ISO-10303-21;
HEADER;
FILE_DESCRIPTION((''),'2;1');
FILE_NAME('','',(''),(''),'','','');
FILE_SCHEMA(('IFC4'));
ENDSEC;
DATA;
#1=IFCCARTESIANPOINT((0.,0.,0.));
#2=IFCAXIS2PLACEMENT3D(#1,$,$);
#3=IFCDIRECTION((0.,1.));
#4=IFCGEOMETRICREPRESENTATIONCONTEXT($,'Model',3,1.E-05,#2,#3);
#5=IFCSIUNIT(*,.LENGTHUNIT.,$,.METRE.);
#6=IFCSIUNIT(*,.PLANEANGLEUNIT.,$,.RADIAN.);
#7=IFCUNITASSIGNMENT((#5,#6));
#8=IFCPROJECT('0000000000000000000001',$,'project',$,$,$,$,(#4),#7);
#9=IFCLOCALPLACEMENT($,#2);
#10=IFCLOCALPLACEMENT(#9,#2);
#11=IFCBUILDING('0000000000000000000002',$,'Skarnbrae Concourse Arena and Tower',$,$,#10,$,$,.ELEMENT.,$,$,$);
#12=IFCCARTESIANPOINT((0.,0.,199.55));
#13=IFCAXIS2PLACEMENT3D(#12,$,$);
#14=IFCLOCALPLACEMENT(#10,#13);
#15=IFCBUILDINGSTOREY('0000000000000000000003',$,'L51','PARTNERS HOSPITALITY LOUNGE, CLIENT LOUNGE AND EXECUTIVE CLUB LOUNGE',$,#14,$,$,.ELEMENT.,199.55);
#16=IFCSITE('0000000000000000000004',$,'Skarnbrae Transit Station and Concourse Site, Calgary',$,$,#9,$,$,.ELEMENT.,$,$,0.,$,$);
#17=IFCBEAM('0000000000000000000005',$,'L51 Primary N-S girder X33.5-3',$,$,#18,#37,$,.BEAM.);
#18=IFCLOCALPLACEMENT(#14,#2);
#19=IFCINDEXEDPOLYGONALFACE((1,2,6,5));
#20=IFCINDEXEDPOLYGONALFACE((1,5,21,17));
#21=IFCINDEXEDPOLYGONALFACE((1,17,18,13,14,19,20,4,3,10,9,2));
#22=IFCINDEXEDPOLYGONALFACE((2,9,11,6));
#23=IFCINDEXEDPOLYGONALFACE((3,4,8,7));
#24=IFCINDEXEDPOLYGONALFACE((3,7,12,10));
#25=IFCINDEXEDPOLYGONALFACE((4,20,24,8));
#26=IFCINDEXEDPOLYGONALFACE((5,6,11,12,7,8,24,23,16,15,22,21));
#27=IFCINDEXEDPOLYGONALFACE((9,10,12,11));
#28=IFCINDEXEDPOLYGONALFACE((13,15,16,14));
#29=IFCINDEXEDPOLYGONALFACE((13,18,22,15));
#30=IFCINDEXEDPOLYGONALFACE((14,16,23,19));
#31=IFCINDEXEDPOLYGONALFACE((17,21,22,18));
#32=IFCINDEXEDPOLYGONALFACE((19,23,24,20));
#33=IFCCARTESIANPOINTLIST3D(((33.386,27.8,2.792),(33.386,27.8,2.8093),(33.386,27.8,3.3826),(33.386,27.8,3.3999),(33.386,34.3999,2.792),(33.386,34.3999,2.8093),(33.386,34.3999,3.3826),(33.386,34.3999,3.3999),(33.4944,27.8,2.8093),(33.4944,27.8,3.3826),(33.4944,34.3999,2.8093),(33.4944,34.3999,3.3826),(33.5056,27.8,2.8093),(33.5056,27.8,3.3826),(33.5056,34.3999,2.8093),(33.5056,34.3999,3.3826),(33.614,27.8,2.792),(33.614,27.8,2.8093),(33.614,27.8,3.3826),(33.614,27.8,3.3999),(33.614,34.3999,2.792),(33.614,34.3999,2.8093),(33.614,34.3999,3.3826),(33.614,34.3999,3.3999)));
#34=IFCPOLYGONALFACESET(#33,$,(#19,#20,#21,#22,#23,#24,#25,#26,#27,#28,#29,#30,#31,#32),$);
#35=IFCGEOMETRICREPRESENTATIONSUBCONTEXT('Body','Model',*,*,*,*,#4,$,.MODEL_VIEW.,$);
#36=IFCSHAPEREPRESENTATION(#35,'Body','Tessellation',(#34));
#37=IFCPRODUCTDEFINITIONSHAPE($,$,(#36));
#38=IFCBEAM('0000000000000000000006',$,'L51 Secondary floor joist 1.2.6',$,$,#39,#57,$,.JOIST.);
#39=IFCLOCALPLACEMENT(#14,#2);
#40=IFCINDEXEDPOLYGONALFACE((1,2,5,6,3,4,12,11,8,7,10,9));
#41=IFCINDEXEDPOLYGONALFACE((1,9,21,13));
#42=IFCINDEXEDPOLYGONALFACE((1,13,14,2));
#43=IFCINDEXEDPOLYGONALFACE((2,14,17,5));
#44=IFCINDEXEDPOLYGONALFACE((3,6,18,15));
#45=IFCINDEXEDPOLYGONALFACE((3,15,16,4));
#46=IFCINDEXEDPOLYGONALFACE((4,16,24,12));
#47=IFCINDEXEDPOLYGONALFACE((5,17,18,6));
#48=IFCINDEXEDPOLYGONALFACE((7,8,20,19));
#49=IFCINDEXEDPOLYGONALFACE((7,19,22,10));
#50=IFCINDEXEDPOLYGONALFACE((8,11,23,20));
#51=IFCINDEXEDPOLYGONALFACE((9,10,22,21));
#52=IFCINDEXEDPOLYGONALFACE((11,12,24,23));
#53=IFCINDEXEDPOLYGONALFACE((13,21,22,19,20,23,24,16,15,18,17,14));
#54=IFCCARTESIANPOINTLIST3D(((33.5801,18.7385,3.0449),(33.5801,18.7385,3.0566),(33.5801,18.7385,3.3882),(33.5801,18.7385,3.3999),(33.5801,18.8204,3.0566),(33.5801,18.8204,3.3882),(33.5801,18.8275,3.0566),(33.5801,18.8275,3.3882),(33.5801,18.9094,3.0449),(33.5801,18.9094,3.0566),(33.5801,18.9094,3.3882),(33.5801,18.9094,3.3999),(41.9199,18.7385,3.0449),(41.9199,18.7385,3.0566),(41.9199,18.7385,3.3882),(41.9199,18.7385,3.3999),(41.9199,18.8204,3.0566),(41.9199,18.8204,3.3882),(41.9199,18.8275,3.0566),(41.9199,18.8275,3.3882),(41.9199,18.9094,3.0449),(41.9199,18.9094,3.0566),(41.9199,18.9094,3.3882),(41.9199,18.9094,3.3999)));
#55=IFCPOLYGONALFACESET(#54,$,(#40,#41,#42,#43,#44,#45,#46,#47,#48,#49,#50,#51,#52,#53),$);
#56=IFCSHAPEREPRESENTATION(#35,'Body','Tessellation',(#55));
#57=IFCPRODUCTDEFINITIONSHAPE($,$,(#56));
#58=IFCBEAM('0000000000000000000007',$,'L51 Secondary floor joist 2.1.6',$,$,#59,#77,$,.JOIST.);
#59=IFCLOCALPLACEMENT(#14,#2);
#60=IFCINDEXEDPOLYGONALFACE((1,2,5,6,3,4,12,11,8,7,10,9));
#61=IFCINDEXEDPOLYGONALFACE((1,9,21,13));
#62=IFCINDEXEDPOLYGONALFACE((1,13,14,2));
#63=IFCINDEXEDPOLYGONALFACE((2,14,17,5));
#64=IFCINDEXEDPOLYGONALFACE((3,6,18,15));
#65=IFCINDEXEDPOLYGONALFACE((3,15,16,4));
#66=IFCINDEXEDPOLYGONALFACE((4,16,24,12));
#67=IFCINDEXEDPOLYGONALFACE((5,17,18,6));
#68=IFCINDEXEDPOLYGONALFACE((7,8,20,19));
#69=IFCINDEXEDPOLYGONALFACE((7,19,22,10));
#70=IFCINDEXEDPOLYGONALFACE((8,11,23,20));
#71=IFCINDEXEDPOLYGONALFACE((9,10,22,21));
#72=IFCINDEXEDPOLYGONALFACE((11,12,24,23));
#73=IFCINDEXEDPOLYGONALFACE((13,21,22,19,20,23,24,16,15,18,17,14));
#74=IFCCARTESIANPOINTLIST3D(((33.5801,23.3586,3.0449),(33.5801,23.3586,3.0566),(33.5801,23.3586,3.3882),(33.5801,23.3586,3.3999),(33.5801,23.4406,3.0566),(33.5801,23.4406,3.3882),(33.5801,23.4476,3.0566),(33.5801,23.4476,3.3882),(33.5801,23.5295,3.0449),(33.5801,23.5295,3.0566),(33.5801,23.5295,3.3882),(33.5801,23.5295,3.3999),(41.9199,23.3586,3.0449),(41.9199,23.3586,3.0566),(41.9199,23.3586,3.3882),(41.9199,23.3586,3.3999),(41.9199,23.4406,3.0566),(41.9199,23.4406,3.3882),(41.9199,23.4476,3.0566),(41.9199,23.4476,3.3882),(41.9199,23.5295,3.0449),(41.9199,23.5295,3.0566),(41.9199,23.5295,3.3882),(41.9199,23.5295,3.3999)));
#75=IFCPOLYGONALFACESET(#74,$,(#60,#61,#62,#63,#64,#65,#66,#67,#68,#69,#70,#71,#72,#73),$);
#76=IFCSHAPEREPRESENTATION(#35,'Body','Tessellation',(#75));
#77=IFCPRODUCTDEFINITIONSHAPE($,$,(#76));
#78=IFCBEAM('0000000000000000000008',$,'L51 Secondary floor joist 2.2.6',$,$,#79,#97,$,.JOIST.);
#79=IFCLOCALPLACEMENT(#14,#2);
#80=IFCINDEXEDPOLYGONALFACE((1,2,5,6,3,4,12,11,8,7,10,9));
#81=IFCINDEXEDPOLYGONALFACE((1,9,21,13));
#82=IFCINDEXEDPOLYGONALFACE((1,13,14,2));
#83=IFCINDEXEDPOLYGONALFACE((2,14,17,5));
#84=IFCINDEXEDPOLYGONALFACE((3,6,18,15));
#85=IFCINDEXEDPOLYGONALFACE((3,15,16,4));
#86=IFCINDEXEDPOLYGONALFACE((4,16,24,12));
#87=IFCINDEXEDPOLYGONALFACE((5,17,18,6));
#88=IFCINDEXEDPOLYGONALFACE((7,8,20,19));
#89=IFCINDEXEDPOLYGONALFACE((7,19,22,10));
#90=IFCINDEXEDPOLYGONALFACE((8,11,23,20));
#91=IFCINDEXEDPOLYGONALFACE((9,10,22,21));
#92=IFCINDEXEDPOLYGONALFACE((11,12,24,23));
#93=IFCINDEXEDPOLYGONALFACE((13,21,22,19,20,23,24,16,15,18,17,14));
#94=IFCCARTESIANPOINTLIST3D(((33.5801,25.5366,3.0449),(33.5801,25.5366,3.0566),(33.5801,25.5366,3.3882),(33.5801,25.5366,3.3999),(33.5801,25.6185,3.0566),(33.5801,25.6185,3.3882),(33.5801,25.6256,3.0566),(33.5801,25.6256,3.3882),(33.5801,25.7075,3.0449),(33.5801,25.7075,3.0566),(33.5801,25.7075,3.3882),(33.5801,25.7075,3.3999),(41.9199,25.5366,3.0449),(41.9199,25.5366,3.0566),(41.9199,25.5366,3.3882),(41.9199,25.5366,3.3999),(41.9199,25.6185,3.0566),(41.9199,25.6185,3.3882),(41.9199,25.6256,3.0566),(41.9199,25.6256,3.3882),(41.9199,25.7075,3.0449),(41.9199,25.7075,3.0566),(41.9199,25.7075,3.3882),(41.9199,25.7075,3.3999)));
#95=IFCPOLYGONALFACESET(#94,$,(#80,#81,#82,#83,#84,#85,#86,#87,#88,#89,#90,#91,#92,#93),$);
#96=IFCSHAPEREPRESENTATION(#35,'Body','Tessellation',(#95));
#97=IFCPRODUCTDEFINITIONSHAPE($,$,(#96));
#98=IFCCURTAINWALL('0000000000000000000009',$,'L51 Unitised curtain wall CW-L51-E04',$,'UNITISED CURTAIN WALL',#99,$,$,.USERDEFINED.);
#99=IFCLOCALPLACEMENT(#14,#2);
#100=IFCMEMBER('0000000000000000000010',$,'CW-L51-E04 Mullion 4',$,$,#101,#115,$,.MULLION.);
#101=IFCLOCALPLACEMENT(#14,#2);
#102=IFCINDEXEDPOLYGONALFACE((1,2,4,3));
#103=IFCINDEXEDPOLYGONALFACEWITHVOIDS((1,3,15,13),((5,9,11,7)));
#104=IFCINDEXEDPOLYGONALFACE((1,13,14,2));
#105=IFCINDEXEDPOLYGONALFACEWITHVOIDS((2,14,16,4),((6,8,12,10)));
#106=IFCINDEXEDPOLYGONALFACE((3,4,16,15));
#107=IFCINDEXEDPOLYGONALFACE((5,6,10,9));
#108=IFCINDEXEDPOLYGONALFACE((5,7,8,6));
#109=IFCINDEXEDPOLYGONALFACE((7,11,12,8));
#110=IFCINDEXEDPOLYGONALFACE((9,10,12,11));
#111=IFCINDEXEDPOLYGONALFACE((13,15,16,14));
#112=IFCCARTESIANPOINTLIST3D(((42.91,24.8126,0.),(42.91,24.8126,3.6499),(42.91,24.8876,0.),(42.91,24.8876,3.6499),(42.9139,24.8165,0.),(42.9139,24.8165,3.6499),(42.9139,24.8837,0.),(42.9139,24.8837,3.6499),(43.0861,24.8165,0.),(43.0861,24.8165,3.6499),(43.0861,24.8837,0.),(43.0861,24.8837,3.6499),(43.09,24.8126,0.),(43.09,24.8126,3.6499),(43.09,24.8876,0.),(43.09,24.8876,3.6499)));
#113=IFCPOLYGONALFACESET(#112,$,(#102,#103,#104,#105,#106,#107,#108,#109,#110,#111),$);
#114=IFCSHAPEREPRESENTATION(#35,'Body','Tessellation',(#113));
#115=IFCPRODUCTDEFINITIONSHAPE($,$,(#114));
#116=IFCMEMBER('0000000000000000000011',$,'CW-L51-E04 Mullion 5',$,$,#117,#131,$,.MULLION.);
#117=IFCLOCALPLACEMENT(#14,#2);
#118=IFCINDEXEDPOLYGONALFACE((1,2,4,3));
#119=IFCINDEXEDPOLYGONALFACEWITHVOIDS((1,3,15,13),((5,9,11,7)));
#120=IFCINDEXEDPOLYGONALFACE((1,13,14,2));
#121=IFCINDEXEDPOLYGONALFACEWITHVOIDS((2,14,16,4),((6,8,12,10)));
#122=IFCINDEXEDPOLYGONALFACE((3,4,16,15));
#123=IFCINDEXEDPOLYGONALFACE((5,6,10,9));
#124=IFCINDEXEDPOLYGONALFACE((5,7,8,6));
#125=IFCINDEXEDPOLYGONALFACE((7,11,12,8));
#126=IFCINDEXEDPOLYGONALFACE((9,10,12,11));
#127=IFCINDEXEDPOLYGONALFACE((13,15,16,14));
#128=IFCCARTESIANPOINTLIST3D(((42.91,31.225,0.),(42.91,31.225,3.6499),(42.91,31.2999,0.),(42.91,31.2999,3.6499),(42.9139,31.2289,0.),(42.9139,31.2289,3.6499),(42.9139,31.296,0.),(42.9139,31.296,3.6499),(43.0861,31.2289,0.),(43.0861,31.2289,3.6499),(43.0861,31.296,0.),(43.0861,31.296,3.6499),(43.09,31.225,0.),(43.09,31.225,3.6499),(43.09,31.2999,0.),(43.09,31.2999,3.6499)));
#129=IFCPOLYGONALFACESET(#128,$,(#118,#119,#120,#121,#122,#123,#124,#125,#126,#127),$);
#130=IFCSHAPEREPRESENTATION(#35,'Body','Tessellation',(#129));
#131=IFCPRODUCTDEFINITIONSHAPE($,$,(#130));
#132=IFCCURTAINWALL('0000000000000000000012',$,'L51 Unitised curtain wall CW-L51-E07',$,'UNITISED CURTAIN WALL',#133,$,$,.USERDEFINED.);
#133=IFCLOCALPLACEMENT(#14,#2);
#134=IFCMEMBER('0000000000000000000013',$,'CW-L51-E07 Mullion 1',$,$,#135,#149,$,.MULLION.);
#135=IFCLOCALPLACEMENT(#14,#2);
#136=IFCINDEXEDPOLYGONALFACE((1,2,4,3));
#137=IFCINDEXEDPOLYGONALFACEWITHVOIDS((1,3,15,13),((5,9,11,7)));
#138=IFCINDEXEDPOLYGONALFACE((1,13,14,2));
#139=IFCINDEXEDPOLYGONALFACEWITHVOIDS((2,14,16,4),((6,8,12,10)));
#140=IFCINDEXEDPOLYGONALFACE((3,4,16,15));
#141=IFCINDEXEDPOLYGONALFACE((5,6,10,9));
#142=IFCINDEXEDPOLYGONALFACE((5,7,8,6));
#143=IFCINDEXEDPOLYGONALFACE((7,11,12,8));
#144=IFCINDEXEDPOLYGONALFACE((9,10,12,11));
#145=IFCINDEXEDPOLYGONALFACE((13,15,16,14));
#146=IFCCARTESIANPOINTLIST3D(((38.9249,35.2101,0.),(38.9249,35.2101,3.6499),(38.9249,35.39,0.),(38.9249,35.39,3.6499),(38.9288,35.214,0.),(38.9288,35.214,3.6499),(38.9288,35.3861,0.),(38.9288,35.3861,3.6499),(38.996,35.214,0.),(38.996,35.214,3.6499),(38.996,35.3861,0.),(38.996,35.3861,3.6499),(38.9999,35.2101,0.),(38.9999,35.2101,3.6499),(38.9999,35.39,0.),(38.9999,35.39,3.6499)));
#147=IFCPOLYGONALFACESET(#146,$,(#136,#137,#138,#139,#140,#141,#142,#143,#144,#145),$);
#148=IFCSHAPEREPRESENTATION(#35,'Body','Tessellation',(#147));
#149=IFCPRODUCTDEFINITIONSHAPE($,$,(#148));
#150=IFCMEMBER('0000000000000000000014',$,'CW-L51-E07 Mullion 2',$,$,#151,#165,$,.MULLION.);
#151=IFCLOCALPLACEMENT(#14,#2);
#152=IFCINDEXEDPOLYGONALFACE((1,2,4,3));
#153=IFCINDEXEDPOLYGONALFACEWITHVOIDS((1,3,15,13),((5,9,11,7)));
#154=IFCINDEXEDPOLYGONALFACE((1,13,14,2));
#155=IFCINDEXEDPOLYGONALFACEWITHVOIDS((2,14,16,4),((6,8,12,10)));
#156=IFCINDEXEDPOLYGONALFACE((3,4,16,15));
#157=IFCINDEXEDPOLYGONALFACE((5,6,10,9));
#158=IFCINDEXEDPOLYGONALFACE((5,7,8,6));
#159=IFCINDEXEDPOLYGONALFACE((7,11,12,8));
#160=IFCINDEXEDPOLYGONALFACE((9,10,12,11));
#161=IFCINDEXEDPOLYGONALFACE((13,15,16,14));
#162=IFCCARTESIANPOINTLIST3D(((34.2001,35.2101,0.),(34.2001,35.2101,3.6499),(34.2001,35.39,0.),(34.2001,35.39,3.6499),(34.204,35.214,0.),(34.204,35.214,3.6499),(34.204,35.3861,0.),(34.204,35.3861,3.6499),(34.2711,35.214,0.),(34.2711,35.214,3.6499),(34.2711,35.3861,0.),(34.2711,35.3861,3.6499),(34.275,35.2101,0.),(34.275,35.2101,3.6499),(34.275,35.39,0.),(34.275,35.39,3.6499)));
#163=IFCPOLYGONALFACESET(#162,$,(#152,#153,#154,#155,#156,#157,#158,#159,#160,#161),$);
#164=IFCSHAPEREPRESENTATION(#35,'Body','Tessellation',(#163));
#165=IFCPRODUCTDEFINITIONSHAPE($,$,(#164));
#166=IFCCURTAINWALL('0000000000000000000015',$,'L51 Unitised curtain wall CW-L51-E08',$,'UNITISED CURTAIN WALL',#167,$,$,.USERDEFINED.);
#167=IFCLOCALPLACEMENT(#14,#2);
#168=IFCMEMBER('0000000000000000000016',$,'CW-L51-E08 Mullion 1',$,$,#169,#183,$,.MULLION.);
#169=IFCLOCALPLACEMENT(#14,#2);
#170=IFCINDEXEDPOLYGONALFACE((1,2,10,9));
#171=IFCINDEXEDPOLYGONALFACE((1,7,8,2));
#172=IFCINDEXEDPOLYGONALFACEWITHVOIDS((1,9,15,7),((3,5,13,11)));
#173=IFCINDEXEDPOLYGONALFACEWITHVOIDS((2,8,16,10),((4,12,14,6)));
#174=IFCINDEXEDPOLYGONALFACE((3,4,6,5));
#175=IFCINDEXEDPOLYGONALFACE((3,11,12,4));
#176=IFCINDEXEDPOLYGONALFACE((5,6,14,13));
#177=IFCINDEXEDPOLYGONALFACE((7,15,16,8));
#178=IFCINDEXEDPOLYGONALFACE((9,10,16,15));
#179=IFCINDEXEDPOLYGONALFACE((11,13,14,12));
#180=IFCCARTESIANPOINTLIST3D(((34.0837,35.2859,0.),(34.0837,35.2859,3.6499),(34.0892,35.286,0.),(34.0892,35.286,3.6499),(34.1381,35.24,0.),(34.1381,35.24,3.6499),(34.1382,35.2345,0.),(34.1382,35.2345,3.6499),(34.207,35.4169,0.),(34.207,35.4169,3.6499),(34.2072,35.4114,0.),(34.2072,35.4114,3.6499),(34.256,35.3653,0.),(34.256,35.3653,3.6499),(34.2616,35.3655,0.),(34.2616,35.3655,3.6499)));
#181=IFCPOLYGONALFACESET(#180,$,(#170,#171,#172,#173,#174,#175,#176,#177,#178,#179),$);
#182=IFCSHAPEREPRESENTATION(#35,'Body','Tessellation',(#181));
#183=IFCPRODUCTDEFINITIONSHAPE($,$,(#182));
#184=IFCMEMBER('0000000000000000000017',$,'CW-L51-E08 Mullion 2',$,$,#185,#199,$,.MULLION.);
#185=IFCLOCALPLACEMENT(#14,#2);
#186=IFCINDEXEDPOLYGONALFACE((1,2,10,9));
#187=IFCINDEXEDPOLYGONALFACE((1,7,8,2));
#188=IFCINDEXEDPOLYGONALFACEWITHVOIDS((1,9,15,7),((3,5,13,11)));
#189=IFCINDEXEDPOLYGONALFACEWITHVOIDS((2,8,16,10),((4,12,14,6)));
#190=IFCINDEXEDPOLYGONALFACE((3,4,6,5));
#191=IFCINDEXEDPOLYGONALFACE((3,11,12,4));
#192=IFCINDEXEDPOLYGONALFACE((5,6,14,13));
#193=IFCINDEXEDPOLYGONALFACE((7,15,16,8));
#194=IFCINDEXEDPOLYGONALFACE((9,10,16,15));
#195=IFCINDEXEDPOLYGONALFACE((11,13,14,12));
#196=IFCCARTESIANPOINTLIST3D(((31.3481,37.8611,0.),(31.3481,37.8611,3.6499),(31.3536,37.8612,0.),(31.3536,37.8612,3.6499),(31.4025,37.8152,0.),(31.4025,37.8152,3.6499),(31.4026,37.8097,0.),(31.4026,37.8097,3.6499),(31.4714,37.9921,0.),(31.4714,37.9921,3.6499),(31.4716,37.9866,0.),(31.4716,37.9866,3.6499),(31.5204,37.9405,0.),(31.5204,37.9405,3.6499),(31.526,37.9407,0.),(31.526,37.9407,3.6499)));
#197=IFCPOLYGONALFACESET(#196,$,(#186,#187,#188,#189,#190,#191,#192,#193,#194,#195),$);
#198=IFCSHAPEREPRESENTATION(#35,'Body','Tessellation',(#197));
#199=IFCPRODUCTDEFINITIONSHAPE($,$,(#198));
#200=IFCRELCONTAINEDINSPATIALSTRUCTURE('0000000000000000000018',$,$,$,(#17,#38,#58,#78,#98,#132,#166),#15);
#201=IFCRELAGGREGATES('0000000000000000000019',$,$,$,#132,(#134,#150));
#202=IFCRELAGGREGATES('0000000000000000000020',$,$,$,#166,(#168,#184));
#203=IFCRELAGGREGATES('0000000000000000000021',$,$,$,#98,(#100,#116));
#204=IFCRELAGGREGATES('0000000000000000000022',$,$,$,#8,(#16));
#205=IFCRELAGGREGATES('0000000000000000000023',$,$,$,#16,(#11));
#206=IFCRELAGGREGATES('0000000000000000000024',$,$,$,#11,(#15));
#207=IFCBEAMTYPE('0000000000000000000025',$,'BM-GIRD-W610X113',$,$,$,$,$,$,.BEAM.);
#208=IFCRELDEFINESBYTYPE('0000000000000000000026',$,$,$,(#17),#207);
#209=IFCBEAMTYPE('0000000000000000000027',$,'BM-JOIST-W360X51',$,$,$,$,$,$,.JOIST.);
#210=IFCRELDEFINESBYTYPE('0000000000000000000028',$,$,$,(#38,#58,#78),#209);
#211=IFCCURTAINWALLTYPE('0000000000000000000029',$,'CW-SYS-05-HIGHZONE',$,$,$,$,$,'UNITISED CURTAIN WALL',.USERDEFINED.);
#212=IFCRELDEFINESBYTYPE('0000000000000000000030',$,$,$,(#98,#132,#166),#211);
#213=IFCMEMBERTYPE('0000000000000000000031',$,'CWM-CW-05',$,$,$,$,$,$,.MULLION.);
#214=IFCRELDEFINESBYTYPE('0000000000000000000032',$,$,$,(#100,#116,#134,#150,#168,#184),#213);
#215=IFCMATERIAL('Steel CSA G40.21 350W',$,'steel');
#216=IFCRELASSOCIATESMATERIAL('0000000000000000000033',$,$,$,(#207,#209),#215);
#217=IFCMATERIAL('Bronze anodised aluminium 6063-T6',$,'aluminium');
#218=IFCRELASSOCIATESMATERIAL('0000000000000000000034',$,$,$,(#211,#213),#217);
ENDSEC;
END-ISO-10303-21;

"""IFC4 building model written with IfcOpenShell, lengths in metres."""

from ifc_helpers import new_model, si_unit, direction, frame, origin, origin_2d, place, context, subcontext, project, spatial, hollow_rectangle, i_section, extrude, source, transform, mapped, material, material_profile, profile_set, type_object, element, aggregate, save


model = new_model("IFC4")

# Units and contexts
model_context = context("Model", 3, precision=1e-05, world=origin(), true_north=direction((0.0, 1.0)))
body_context = subcontext(model_context, "Body", "Model", "MODEL_VIEW")
ifc_project = project(units=[si_unit("LENGTHUNIT", "METRE"), si_unit("PLANEANGLEUNIT", "RADIAN")], contexts=[model_context])

# Site, building, storey
site_placement = place(None, origin())
site = spatial("IfcSite", under=ifc_project, at=site_placement, Name="Skarnbrae Transit Station and Concourse Site, Calgary", CompositionType="ELEMENT", RefElevation=0.0)
building_placement = place(site_placement, origin())
building = spatial("IfcBuilding", under=site, at=building_placement, Name="Skarnbrae Concourse Arena and Tower", CompositionType="ELEMENT")
storey_placement = place(building_placement, frame((0.0, 0.0, 199.55)))
storey = spatial("IfcBuildingStorey", under=building, at=storey_placement, Name="L51", Description="PARTNERS HOSPITALITY LOUNGE, CLIENT LOUNGE AND EXECUTIVE CLUB LOUNGE", CompositionType="ELEMENT", Elevation=199.55)

# Shared definitions
ifc_material_1 = material(Name="Steel CSA G40.21 350W", Category="steel")

# Beams
ifc_material_profile_1 = material_profile(ifc_material_1, i_section(OverallWidth=0.228, OverallDepth=0.6079, WebThickness=0.0112, FlangeThickness=0.0173, at=origin_2d()), Name="W610X113")
ifc_profile_set_1 = profile_set([ifc_material_profile_1], Name="Steel CSA G40.21 350W")
beam_type_1 = type_object("IfcBeamType", Name="BM-GIRD-W610X113", PredefinedType="BEAM", material=ifc_profile_set_1)
shared_shape_1 = source(origin(), body_context, "Body", "SweptSolid", [
    extrude(i_section(OverallWidth=0.228, OverallDepth=0.6079, WebThickness=0.0112, FlangeThickness=0.0173, at=origin_2d()), origin(), (0.0, 0.0, 1.0), 6.5999),
])
beam_1_placement = place(storey_placement, frame((33.5, 27.8, 3.0959), z_axis=(0.0, 1.0, 0.0), x_axis=(-1.0, 0.0, 0.0)))
element("IfcBeam", 1, at=beam_1_placement, inside=storey, type_object=beam_type_1, Name="L51 Primary N-S girder X33.5-3", PredefinedType="BEAM", context=body_context, shape_type="MappedRepresentation", body=[
    mapped(shared_shape_1, transform((0.0, 0.0, 0.0))),
])
ifc_material_profile_2 = material_profile(ifc_material_1, i_section(OverallWidth=0.1709, OverallDepth=0.355, WebThickness=0.0071, FlangeThickness=0.0117, at=origin_2d()), Name="W360X51")
ifc_profile_set_2 = profile_set([ifc_material_profile_2], Name="Steel CSA G40.21 350W")
beam_type_2 = type_object("IfcBeamType", Name="BM-JOIST-W360X51", PredefinedType="JOIST", material=ifc_profile_set_2)
shared_shape_2 = source(origin(), body_context, "Body", "SweptSolid", [
    extrude(i_section(OverallWidth=0.1709, OverallDepth=0.355, WebThickness=0.0071, FlangeThickness=0.0117, at=origin_2d()), origin(), (0.0, 0.0, 1.0), 8.3398),
])
for number, where, z_axis, x_axis, name in (
    (2, (33.5801, 18.824, 3.2224), (1.0, 0.0, 0.0), (0.0, 1.0, 0.0), "L51 Secondary floor joist 1.2.6"),
    (3, (33.5801, 23.4441, 3.2224), (1.0, 0.0, 0.0), (0.0, 1.0, 0.0), "L51 Secondary floor joist 2.1.6"),
    (4, (33.5801, 25.6221, 3.2224), (1.0, 0.0, 0.0), (0.0, 1.0, 0.0), "L51 Secondary floor joist 2.2.6"),
):
    element("IfcBeam", number, at=place(storey_placement, frame(where, z_axis=z_axis, x_axis=x_axis)), inside=storey, type_object=beam_type_2, Name=name, PredefinedType="JOIST", context=body_context, shape_type="MappedRepresentation", body=[
        mapped(shared_shape_2, transform((0.0, 0.0, 0.0))),
    ])

# Curtain walls, members
ifc_material_2 = material(Name="Bronze anodised aluminium 6063-T6", Category="aluminium")
curtain_wall_type = type_object("IfcCurtainWallType", Name="CW-SYS-05-HIGHZONE", ElementType="UNITISED CURTAIN WALL", PredefinedType="USERDEFINED", material=ifc_material_2)
curtain_wall_1_placement = place(storey_placement, origin())
curtain_wall_1 = element("IfcCurtainWall", 5, at=curtain_wall_1_placement, inside=storey, type_object=curtain_wall_type, Name="L51 Unitised curtain wall CW-L51-E04", ObjectType="UNITISED CURTAIN WALL", PredefinedType="USERDEFINED")
ifc_material_profile_3 = material_profile(ifc_material_2, hollow_rectangle(XDim=0.075, YDim=0.1799, WallThickness=0.0039, at=origin_2d()), Name="ALU-MULL-75X180")
ifc_profile_set_3 = profile_set([ifc_material_profile_3], Name="Bronze anodised aluminium 6063-T6")
member_type_1 = type_object("IfcMemberType", Name="CWM-CW-05", PredefinedType="MULLION", material=ifc_profile_set_3)
shared_shape_3 = source(origin(), body_context, "Body", "SweptSolid", [
    extrude(hollow_rectangle(XDim=0.075, YDim=0.1799, WallThickness=0.0039, at=origin_2d()), origin(), (0.0, 0.0, 1.0), 3.6499),
])
member_1_placement = place(storey_placement, frame((43.0, 24.8501, 0.0), z_axis=(0.0, 0.0, 1.0), x_axis=(0.0, 1.0, 0.0)))
member_1 = element("IfcMember", 6, at=member_1_placement, type_object=member_type_1, Name="CW-L51-E04 Mullion 4", PredefinedType="MULLION", context=body_context, shape_type="MappedRepresentation", body=[
    mapped(shared_shape_3, transform((0.0, 0.0, 0.0))),
])
member_2_placement = place(storey_placement, frame((43.0, 31.2625, 0.0), z_axis=(0.0, 0.0, 1.0), x_axis=(0.0, 1.0, 0.0)))
member_2 = element("IfcMember", 7, at=member_2_placement, type_object=member_type_1, Name="CW-L51-E04 Mullion 5", PredefinedType="MULLION", context=body_context, shape_type="MappedRepresentation", body=[
    mapped(shared_shape_3, transform((0.0, 0.0, 0.0))),
])
curtain_wall_2_placement = place(storey_placement, origin())
curtain_wall_2 = element("IfcCurtainWall", 8, at=curtain_wall_2_placement, inside=storey, type_object=curtain_wall_type, Name="L51 Unitised curtain wall CW-L51-E07", ObjectType="UNITISED CURTAIN WALL", PredefinedType="USERDEFINED")
member_3_placement = place(storey_placement, frame((38.9624, 35.3, 0.0), z_axis=(0.0, 0.0, 1.0), x_axis=(-1.0, 0.0, 0.0)))
member_3 = element("IfcMember", 9, at=member_3_placement, type_object=member_type_1, Name="CW-L51-E07 Mullion 1", PredefinedType="MULLION", context=body_context, shape_type="MappedRepresentation", body=[
    mapped(shared_shape_3, transform((0.0, 0.0, 0.0))),
])
member_4_placement = place(storey_placement, frame((34.2375, 35.3, 0.0), z_axis=(0.0, 0.0, 1.0), x_axis=(-1.0, 0.0, 0.0)))
member_4 = element("IfcMember", 10, at=member_4_placement, type_object=member_type_1, Name="CW-L51-E07 Mullion 2", PredefinedType="MULLION", context=body_context, shape_type="MappedRepresentation", body=[
    mapped(shared_shape_3, transform((0.0, 0.0, 0.0))),
])
curtain_wall_3_placement = place(storey_placement, origin())
curtain_wall_3 = element("IfcCurtainWall", 11, at=curtain_wall_3_placement, inside=storey, type_object=curtain_wall_type, Name="L51 Unitised curtain wall CW-L51-E08", ObjectType="UNITISED CURTAIN WALL", PredefinedType="USERDEFINED")
member_5_placement = place(storey_placement, frame((34.1726, 35.3257, 0.0), z_axis=(0.0, 0.0, 1.0), x_axis=(-0.728131, 0.685438, 0.0)))
member_5 = element("IfcMember", 12, at=member_5_placement, type_object=member_type_1, Name="CW-L51-E08 Mullion 1", PredefinedType="MULLION", context=body_context, shape_type="MappedRepresentation", body=[
    mapped(shared_shape_3, transform((0.0, 0.0, 0.0))),
])
member_6_placement = place(storey_placement, frame((31.437, 37.9009, 0.0), z_axis=(0.0, 0.0, 1.0), x_axis=(-0.728131, 0.685438, 0.0)))
member_6 = element("IfcMember", 13, at=member_6_placement, type_object=member_type_1, Name="CW-L51-E08 Mullion 2", PredefinedType="MULLION", context=body_context, shape_type="MappedRepresentation", body=[
    mapped(shared_shape_3, transform((0.0, 0.0, 0.0))),
])

aggregate(curtain_wall_2, [member_3, member_4])
aggregate(curtain_wall_3, [member_5, member_6])
aggregate(curtain_wall_1, [member_1, member_2])

save(model, "model.ifc")
